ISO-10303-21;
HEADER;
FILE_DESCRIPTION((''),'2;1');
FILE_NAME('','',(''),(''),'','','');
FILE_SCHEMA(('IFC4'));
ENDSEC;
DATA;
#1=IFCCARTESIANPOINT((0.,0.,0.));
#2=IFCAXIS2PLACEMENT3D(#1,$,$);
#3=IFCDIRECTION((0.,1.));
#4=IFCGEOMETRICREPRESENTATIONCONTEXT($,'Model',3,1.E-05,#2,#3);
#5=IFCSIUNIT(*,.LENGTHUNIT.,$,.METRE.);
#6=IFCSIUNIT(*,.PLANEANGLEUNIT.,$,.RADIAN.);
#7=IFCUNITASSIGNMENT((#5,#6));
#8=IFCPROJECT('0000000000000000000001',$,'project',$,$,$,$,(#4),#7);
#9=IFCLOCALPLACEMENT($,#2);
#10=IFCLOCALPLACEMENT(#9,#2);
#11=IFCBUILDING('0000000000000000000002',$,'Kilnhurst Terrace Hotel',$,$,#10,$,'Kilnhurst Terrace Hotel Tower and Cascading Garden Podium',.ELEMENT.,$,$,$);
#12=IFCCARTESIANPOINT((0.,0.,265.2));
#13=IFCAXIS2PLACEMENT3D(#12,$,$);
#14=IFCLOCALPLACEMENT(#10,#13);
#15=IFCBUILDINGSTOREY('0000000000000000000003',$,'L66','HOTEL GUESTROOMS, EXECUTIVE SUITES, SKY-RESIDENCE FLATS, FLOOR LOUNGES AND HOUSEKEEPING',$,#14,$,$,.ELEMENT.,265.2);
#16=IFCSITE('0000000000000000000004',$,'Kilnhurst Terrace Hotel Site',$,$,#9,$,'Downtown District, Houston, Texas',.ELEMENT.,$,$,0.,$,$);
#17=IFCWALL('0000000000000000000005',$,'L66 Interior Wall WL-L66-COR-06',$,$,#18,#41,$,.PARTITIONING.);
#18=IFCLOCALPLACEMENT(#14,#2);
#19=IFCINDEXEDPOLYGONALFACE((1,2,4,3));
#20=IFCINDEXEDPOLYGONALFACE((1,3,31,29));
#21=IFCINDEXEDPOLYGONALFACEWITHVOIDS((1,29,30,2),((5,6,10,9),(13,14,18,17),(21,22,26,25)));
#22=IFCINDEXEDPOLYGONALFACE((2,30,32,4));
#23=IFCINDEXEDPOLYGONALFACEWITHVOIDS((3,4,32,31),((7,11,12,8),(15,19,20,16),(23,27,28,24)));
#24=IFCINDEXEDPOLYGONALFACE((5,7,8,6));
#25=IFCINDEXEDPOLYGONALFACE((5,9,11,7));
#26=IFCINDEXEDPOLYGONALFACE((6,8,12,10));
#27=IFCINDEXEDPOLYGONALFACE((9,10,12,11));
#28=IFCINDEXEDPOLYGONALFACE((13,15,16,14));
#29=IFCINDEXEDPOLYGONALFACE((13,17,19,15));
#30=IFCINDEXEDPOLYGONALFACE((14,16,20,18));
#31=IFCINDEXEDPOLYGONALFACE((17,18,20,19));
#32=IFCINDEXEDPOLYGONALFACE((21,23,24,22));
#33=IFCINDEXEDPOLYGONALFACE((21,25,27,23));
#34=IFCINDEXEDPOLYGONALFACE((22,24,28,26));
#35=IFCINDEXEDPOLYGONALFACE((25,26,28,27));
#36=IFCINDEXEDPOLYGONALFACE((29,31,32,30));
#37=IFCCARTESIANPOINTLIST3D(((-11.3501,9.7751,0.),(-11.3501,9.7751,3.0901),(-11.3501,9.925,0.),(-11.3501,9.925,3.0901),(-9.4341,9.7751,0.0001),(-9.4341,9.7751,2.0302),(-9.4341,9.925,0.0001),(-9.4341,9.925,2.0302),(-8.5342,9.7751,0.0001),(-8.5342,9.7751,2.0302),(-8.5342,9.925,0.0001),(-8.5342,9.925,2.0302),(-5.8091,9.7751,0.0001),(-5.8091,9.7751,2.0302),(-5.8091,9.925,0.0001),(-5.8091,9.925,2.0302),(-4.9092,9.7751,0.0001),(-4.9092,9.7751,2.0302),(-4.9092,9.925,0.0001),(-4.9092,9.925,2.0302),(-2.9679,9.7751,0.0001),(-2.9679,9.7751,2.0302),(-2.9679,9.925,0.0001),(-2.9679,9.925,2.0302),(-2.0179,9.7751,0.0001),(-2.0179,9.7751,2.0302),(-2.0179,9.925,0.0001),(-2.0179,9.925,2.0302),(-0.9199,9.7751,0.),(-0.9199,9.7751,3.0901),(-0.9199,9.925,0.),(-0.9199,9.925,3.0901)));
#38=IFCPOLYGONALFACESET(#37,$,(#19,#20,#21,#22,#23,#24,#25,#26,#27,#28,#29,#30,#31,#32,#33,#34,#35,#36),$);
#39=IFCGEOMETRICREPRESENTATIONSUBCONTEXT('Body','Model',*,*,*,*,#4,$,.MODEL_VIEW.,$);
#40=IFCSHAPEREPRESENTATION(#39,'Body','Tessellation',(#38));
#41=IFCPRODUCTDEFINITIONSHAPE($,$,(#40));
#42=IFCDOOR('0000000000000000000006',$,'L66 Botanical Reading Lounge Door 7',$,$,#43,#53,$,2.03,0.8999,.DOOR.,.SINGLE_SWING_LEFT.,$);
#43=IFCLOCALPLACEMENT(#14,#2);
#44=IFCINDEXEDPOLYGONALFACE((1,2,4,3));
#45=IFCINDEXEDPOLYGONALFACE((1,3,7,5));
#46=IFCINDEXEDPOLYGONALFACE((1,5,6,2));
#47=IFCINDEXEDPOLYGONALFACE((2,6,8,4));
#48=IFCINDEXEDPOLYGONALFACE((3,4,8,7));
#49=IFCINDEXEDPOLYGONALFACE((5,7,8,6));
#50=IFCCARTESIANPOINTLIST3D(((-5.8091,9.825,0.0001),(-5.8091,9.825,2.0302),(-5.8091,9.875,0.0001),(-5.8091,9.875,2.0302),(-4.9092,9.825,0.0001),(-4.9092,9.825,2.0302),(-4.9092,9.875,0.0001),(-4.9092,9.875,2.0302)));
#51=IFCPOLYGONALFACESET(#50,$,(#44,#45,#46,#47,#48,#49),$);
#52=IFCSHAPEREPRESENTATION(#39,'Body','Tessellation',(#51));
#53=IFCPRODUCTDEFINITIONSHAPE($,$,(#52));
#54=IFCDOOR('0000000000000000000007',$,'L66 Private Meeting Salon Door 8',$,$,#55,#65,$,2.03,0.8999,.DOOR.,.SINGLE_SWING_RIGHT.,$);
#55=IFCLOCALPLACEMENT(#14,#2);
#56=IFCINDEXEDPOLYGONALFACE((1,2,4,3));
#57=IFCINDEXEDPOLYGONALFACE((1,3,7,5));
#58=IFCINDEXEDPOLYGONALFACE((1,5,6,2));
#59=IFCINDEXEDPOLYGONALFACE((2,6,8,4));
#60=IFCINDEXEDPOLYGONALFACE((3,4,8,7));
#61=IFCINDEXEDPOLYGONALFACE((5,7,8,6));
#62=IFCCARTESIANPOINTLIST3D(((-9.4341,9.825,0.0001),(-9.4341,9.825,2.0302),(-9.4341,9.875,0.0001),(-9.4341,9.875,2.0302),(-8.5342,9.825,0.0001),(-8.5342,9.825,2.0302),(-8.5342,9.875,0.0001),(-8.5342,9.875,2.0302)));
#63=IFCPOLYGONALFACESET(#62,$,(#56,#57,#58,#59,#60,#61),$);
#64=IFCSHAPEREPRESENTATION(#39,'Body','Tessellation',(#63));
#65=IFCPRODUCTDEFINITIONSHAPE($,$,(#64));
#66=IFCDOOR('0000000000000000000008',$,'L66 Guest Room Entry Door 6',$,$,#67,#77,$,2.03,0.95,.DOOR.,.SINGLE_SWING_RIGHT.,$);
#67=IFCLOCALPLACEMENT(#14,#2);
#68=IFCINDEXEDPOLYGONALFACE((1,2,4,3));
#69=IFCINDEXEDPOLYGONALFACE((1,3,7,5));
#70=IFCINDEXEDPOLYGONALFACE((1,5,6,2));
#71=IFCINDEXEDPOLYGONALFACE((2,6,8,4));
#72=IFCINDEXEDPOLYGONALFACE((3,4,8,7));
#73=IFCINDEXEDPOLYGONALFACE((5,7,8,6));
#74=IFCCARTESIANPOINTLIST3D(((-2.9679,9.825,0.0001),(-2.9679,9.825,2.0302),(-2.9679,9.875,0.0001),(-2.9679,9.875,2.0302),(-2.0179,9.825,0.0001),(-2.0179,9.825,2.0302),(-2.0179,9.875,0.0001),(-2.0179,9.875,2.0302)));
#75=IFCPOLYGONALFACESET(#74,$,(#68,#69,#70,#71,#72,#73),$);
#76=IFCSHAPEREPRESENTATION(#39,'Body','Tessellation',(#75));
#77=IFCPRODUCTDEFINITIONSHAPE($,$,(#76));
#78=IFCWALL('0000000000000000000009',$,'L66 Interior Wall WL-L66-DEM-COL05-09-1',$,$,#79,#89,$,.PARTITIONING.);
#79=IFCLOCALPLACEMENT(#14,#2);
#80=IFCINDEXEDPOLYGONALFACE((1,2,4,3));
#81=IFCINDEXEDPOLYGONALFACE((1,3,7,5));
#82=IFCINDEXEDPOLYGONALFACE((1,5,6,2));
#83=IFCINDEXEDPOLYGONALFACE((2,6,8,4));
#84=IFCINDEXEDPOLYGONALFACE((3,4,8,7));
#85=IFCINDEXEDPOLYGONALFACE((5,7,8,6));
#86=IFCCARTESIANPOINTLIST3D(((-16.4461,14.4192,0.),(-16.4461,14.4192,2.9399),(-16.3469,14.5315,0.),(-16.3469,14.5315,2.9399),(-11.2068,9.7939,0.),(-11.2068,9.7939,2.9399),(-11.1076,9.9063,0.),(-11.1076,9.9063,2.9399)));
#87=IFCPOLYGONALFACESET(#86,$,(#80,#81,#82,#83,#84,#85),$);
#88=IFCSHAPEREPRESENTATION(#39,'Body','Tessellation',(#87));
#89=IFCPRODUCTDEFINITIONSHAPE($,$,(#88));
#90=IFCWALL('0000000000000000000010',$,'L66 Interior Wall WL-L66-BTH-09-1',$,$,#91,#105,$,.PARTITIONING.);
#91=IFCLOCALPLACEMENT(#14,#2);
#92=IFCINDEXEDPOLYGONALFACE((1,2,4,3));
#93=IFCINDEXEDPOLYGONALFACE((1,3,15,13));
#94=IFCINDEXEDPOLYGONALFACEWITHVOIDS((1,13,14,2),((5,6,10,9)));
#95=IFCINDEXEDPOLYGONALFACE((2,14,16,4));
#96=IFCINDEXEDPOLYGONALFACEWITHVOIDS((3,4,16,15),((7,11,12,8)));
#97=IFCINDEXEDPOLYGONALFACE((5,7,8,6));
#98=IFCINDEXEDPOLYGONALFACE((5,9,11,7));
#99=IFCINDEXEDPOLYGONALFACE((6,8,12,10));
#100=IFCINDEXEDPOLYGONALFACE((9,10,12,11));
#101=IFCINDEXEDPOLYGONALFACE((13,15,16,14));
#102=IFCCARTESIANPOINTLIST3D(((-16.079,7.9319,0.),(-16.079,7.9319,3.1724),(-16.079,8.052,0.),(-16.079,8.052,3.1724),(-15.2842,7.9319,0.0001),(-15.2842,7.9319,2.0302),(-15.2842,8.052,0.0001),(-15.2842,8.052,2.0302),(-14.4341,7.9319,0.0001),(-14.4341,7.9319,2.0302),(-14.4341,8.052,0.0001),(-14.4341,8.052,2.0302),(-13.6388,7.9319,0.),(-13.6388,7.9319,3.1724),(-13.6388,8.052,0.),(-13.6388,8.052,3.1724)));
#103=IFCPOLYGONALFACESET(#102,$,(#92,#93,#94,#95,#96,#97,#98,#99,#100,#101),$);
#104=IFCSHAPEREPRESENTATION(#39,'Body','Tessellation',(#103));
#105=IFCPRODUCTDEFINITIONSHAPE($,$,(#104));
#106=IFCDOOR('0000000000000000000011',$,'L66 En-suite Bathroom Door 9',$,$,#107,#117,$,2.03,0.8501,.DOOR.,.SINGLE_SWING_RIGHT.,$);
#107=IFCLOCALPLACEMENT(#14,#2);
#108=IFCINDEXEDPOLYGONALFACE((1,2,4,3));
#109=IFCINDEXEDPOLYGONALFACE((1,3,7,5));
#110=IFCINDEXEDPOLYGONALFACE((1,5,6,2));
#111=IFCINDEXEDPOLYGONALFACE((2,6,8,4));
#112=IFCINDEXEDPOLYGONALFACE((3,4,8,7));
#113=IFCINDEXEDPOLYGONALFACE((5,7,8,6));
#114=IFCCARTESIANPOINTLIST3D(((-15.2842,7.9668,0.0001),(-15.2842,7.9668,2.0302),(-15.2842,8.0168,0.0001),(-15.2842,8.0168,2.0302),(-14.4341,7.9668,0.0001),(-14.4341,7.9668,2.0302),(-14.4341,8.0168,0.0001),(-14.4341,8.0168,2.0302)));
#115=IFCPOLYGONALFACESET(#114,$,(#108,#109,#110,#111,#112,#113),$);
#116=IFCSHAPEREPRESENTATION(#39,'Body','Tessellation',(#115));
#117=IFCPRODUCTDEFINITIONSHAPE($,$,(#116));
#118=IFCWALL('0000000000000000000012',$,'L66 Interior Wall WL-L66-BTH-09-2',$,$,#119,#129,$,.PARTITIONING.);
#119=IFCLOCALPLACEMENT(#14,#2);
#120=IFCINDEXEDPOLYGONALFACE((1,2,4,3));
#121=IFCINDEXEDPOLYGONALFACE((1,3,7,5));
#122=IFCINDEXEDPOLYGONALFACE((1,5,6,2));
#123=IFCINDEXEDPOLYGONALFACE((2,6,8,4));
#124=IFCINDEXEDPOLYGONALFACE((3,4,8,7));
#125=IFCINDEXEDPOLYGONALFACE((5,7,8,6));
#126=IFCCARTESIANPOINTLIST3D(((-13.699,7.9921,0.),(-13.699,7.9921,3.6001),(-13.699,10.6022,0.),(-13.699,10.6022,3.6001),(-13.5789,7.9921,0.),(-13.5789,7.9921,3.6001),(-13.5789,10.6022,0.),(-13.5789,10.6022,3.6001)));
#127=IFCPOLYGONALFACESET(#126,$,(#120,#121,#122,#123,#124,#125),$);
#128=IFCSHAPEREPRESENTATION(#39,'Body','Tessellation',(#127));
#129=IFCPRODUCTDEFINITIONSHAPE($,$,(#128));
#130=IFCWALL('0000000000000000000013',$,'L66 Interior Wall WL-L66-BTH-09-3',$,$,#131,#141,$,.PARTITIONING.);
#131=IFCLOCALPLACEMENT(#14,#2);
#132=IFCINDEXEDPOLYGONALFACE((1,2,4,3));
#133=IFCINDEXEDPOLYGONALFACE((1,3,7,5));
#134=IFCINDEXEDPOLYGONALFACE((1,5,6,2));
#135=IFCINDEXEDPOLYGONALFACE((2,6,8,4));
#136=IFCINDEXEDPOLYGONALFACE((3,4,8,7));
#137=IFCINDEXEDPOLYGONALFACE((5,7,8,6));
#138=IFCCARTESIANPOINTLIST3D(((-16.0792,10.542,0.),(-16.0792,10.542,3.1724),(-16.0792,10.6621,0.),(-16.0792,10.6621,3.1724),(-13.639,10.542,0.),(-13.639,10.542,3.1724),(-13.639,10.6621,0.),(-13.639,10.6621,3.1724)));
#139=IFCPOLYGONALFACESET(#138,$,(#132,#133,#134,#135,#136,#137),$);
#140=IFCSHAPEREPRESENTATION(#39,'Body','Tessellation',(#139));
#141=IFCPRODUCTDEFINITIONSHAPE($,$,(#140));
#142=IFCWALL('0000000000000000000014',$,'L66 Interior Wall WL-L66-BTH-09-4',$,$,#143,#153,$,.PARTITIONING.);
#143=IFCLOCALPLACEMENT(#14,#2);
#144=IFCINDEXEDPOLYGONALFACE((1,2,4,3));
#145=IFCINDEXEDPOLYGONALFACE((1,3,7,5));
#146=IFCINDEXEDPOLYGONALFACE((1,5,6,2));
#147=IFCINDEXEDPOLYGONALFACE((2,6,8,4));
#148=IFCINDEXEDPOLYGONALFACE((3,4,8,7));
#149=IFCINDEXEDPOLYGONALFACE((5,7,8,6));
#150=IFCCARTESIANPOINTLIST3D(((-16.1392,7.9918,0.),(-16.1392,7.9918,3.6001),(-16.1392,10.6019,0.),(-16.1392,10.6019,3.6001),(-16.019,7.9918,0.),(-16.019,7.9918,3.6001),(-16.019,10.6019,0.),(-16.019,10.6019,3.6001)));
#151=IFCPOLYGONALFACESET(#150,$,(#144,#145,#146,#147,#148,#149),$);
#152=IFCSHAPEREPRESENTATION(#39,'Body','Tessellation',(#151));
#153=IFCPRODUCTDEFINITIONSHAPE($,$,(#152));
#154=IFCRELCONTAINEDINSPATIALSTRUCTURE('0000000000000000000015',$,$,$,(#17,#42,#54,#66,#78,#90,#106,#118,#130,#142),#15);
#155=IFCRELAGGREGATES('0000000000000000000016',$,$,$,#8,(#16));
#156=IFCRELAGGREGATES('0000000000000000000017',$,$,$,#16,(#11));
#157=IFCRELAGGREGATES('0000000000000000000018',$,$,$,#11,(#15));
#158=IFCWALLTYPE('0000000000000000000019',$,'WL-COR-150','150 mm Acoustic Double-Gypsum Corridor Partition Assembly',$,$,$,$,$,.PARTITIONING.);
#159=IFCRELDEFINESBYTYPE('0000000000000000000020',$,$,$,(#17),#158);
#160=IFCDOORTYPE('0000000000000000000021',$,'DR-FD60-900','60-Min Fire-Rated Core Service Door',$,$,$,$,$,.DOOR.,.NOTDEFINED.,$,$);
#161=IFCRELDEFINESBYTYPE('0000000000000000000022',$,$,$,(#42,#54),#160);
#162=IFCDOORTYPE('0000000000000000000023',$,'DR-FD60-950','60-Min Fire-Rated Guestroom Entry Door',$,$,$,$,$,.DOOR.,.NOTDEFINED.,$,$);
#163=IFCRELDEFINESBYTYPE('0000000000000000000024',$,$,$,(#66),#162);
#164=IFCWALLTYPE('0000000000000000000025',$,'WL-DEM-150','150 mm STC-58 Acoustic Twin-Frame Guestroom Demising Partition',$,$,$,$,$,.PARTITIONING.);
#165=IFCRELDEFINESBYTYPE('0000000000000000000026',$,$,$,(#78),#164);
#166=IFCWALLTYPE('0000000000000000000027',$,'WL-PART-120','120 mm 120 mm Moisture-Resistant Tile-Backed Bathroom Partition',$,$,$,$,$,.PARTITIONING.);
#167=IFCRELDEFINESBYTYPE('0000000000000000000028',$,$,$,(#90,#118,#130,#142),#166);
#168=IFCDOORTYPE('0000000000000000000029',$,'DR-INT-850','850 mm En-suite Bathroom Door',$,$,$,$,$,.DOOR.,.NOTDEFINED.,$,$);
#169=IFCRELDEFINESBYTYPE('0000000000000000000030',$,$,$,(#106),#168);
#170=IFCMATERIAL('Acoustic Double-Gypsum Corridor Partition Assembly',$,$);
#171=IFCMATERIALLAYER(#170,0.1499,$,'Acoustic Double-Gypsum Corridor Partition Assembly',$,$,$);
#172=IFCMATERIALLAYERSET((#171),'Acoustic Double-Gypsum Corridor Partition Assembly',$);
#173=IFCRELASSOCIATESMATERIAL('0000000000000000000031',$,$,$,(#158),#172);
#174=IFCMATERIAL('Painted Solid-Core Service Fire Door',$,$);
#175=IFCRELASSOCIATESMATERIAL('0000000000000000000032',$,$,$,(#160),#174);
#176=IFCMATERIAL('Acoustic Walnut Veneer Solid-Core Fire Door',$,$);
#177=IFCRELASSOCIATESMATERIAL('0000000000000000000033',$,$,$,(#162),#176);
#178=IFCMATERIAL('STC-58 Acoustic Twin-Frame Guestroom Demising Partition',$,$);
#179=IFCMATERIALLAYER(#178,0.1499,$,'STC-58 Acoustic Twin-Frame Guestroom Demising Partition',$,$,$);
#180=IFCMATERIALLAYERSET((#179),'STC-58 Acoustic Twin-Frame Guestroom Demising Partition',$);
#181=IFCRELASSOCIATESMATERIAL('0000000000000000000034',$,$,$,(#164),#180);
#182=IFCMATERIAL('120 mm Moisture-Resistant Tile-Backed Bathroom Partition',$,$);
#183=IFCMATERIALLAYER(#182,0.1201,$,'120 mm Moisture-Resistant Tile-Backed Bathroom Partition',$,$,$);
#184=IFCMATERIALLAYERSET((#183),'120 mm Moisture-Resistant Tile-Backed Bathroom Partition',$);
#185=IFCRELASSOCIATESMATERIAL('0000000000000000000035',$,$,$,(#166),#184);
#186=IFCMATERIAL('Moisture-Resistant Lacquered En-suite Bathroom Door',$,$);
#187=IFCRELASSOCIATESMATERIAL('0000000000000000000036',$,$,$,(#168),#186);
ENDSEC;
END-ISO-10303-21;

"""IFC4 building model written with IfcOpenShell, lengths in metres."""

from ifc_helpers import new_model, si_unit, direction, frame, frame_2d, origin, place, context, subcontext, project, spatial, rectangle, extrude, material, layer, layer_set, type_object, element, fill, save


model = new_model("IFC4")

# Units and contexts
model_context = context("Model", 3, precision=1e-05, world=origin(), true_north=direction((0.0, 1.0)))
body_context = subcontext(model_context, "Body", "Model", "MODEL_VIEW")
ifc_project = project(units=[si_unit("LENGTHUNIT", "METRE"), si_unit("PLANEANGLEUNIT", "RADIAN")], contexts=[model_context])

# Site, building, storey
site_placement = place(None, origin())
site = spatial("IfcSite", under=ifc_project, at=site_placement, Name="Kilnhurst Terrace Hotel Site", LongName="Downtown District, Houston, Texas", CompositionType="ELEMENT", RefElevation=0.0)
building_placement = place(site_placement, origin())
building = spatial("IfcBuilding", under=site, at=building_placement, Name="Kilnhurst Terrace Hotel", LongName="Kilnhurst Terrace Hotel Tower and Cascading Garden Podium", CompositionType="ELEMENT")
storey_placement = place(building_placement, frame((0.0, 0.0, 265.2)))
storey = spatial("IfcBuildingStorey", under=building, at=storey_placement, Name="L66", Description="HOTEL GUESTROOMS, EXECUTIVE SUITES, SKY-RESIDENCE FLATS, FLOOR LOUNGES AND HOUSEKEEPING", CompositionType="ELEMENT", Elevation=265.2)

# Wall, openings, doors
ifc_material_1 = material(Name="Acoustic Double-Gypsum Corridor Partition Assembly")
ifc_layer_1 = layer(ifc_material_1, 0.1499, Name="Acoustic Double-Gypsum Corridor Partition Assembly")
ifc_layer_set_1 = layer_set([ifc_layer_1], Name="Acoustic Double-Gypsum Corridor Partition Assembly")
wall_type_1 = type_object("IfcWallType", Name="WL-COR-150", Description="150 mm Acoustic Double-Gypsum Corridor Partition Assembly", PredefinedType="PARTITIONING", material=ifc_layer_set_1)
wall_1_placement = place(storey_placement, frame((-11.3501, 9.8501, 0.0), z_axis=(0.0, 0.0, 1.0), x_axis=(1.0, 0.0, 0.0)))
wall_1 = element("IfcWall", 1, at=wall_1_placement, inside=storey, type_object=wall_type_1, Name="L66 Interior Wall WL-L66-COR-06", PredefinedType="PARTITIONING", context=body_context, shape_type="SweptSolid", body=[
    extrude(rectangle(XDim=10.4302, YDim=0.1499, at=frame_2d((5.2151, 0.0))), origin(), (0.0, 0.0, 1.0), 3.0901),
])
opening_1_placement = place(wall_1_placement, frame((8.3821, 0.0, 0.0)))
opening_1 = element("IfcOpeningElement", 2, at=opening_1_placement, cuts=wall_1, PredefinedType="OPENING", context=body_context, shape_type="SweptSolid", body=[
    extrude(rectangle(XDim=0.95, YDim=2.03, at=frame_2d((0.4751, 1.0151))), frame((0.0, 0.085, 0.0), z_axis=(0.0, -1.0, 0.0), x_axis=(1.0, 0.0, 0.0)), (0.0, 0.0, 1.0), 0.1699),
])
opening_2_placement = place(wall_1_placement, frame((5.541, 0.0, 0.0)))
opening_2 = element("IfcOpeningElement", 3, at=opening_2_placement, cuts=wall_1, PredefinedType="OPENING", context=body_context, shape_type="SweptSolid", body=[
    extrude(rectangle(XDim=0.8999, YDim=2.03, at=frame_2d((0.45, 1.0151))), frame((0.0, 0.085, 0.0), z_axis=(0.0, -1.0, 0.0), x_axis=(1.0, 0.0, 0.0)), (0.0, 0.0, 1.0), 0.1699),
])
opening_3_placement = place(wall_1_placement, frame((1.916, 0.0, 0.0)))
opening_3 = element("IfcOpeningElement", 4, at=opening_3_placement, cuts=wall_1, PredefinedType="OPENING", context=body_context, shape_type="SweptSolid", body=[
    extrude(rectangle(XDim=0.8999, YDim=2.03, at=frame_2d((0.45, 1.0151))), frame((0.0, 0.085, 0.0), z_axis=(0.0, -1.0, 0.0), x_axis=(1.0, 0.0, 0.0)), (0.0, 0.0, 1.0), 0.1699),
])
ifc_material_2 = material(Name="Painted Solid-Core Service Fire Door")
door_type_1 = type_object("IfcDoorType", Name="DR-FD60-900", Description="60-Min Fire-Rated Core Service Door", OperationType="NOTDEFINED", PredefinedType="DOOR", material=ifc_material_2)
door_1_placement = place(opening_2_placement, origin())
door_1 = element("IfcDoor", 5, at=door_1_placement, inside=storey, type_object=door_type_1, Name="L66 Botanical Reading Lounge Door 7", OperationType="SINGLE_SWING_LEFT", OverallHeight=2.03, OverallWidth=0.8999, PredefinedType="DOOR", context=body_context, shape_type="SweptSolid", body=[
    extrude(rectangle(XDim=0.8999, YDim=2.03, at=frame_2d((0.45, 1.0151))), frame((0.0, 0.0249, 0.0), z_axis=(0.0, -1.0, 0.0), x_axis=(1.0, 0.0, 0.0)), (0.0, 0.0, 1.0), 0.05),
])
fill(opening_2, door_1)
door_2_placement = place(opening_3_placement, origin())
door_2 = element("IfcDoor", 6, at=door_2_placement, inside=storey, type_object=door_type_1, Name="L66 Private Meeting Salon Door 8", OperationType="SINGLE_SWING_RIGHT", OverallHeight=2.03, OverallWidth=0.8999, PredefinedType="DOOR", context=body_context, shape_type="SweptSolid", body=[
    extrude(rectangle(XDim=0.8999, YDim=2.03, at=frame_2d((0.45, 1.0151))), frame((0.0, 0.0249, 0.0), z_axis=(0.0, -1.0, 0.0), x_axis=(1.0, 0.0, 0.0)), (0.0, 0.0, 1.0), 0.05),
])
fill(opening_3, door_2)
ifc_material_3 = material(Name="Acoustic Walnut Veneer Solid-Core Fire Door")
door_type_2 = type_object("IfcDoorType", Name="DR-FD60-950", Description="60-Min Fire-Rated Guestroom Entry Door", OperationType="NOTDEFINED", PredefinedType="DOOR", material=ifc_material_3)
door_3_placement = place(opening_1_placement, origin())
door_3 = element("IfcDoor", 7, at=door_3_placement, inside=storey, type_object=door_type_2, Name="L66 Guest Room Entry Door 6", OperationType="SINGLE_SWING_RIGHT", OverallHeight=2.03, OverallWidth=0.95, PredefinedType="DOOR", context=body_context, shape_type="SweptSolid", body=[
    extrude(rectangle(XDim=0.95, YDim=2.03, at=frame_2d((0.4751, 1.0151))), frame((0.0, 0.0249, 0.0), z_axis=(0.0, -1.0, 0.0), x_axis=(1.0, 0.0, 0.0)), (0.0, 0.0, 1.0), 0.05),
])
fill(opening_1, door_3)

# Wall
ifc_material_4 = material(Name="STC-58 Acoustic Twin-Frame Guestroom Demising Partition")
ifc_layer_2 = layer(ifc_material_4, 0.1499, Name="STC-58 Acoustic Twin-Frame Guestroom Demising Partition")
ifc_layer_set_2 = layer_set([ifc_layer_2], Name="STC-58 Acoustic Twin-Frame Guestroom Demising Partition")
wall_type_2 = type_object("IfcWallType", Name="WL-DEM-150", Description="150 mm STC-58 Acoustic Twin-Frame Guestroom Demising Partition", PredefinedType="PARTITIONING", material=ifc_layer_set_2)
wall_2_placement = place(storey_placement, frame((-11.1572, 9.8501, 0.0), z_axis=(0.0, 0.0, 1.0), x_axis=(-0.74967, 0.661812, 0.0)))
element("IfcWall", 8, at=wall_2_placement, inside=storey, type_object=wall_type_2, Name="L66 Interior Wall WL-L66-DEM-COL05-09-1", PredefinedType="PARTITIONING", context=body_context, shape_type="SweptSolid", body=[
    extrude(rectangle(XDim=6.9888, YDim=0.1499, at=frame_2d((3.4944, 0.0))), origin(), (0.0, 0.0, 1.0), 2.9399),
])

# Wall, opening, door
ifc_material_5 = material(Name="120 mm Moisture-Resistant Tile-Backed Bathroom Partition")
ifc_layer_3 = layer(ifc_material_5, 0.1201, Name="120 mm Moisture-Resistant Tile-Backed Bathroom Partition")
ifc_layer_set_3 = layer_set([ifc_layer_3], Name="120 mm Moisture-Resistant Tile-Backed Bathroom Partition")
wall_type_3 = type_object("IfcWallType", Name="WL-PART-120", Description="120 mm 120 mm Moisture-Resistant Tile-Backed Bathroom Partition", PredefinedType="PARTITIONING", material=ifc_layer_set_3)
wall_3_placement = place(storey_placement, frame((-16.0791, 7.9919, 0.0), z_axis=(0.0, 0.0, 1.0), x_axis=(1.0, 0.0, 0.0)))
wall_3 = element("IfcWall", 9, at=wall_3_placement, inside=storey, type_object=wall_type_3, Name="L66 Interior Wall WL-L66-BTH-09-1", PredefinedType="PARTITIONING", context=body_context, shape_type="SweptSolid", body=[
    extrude(rectangle(XDim=2.4402, YDim=0.1201, at=frame_2d((1.2202, 0.0))), origin(), (0.0, 0.0, 1.0), 3.1724),
])
opening_4_placement = place(wall_3_placement, frame((0.7949, 0.0, 0.0)))
opening_4 = element("IfcOpeningElement", 10, at=opening_4_placement, cuts=wall_3, PredefinedType="OPENING", context=body_context, shape_type="SweptSolid", body=[
    extrude(rectangle(XDim=0.8501, YDim=2.03, at=frame_2d((0.425, 1.0151))), frame((0.0, 0.0701, 0.0), z_axis=(0.0, -1.0, 0.0), x_axis=(1.0, 0.0, 0.0)), (0.0, 0.0, 1.0), 0.1401),
])
ifc_material_6 = material(Name="Moisture-Resistant Lacquered En-suite Bathroom Door")
door_type_3 = type_object("IfcDoorType", Name="DR-INT-850", Description="850 mm En-suite Bathroom Door", OperationType="NOTDEFINED", PredefinedType="DOOR", material=ifc_material_6)
door_4_placement = place(opening_4_placement, origin())
door_4 = element("IfcDoor", 11, at=door_4_placement, inside=storey, type_object=door_type_3, Name="L66 En-suite Bathroom Door 9", OperationType="SINGLE_SWING_RIGHT", OverallHeight=2.03, OverallWidth=0.8501, PredefinedType="DOOR", context=body_context, shape_type="SweptSolid", body=[
    extrude(rectangle(XDim=0.8501, YDim=2.03, at=frame_2d((0.425, 1.0151))), frame((0.0, 0.0249, 0.0), z_axis=(0.0, -1.0, 0.0), x_axis=(1.0, 0.0, 0.0)), (0.0, 0.0, 1.0), 0.05),
])
fill(opening_4, door_4)

# Walls
wall_4_placement = place(storey_placement, frame((-13.6389, 7.9919, 0.0), z_axis=(0.0, 0.0, 1.0), x_axis=(0.0, 1.0, 0.0)))
element("IfcWall", 12, at=wall_4_placement, inside=storey, type_object=wall_type_3, Name="L66 Interior Wall WL-L66-BTH-09-2", PredefinedType="PARTITIONING", context=body_context, shape_type="SweptSolid", body=[
    extrude(rectangle(XDim=2.6101, YDim=0.1201, at=frame_2d((1.3052, 0.0))), origin(), (0.0, 0.0, 1.0), 3.6001),
])
wall_5_placement = place(storey_placement, frame((-13.6389, 10.6021, 0.0), z_axis=(0.0, 0.0, 1.0), x_axis=(-1.0, 0.0, 0.0)))
element("IfcWall", 13, at=wall_5_placement, inside=storey, type_object=wall_type_3, Name="L66 Interior Wall WL-L66-BTH-09-3", PredefinedType="PARTITIONING", context=body_context, shape_type="SweptSolid", body=[
    extrude(rectangle(XDim=2.4402, YDim=0.1201, at=frame_2d((1.2202, 0.0))), origin(), (0.0, 0.0, 1.0), 3.1724),
])
wall_6_placement = place(storey_placement, frame((-16.0791, 10.6021, 0.0), z_axis=(0.0, 0.0, 1.0), x_axis=(0.0, -1.0, 0.0)))
element("IfcWall", 14, at=wall_6_placement, inside=storey, type_object=wall_type_3, Name="L66 Interior Wall WL-L66-BTH-09-4", PredefinedType="PARTITIONING", context=body_context, shape_type="SweptSolid", body=[
    extrude(rectangle(XDim=2.6101, YDim=0.1201, at=frame_2d((1.3052, 0.0))), origin(), (0.0, 0.0, 1.0), 3.6001),
])

save(model, "model.ifc")
